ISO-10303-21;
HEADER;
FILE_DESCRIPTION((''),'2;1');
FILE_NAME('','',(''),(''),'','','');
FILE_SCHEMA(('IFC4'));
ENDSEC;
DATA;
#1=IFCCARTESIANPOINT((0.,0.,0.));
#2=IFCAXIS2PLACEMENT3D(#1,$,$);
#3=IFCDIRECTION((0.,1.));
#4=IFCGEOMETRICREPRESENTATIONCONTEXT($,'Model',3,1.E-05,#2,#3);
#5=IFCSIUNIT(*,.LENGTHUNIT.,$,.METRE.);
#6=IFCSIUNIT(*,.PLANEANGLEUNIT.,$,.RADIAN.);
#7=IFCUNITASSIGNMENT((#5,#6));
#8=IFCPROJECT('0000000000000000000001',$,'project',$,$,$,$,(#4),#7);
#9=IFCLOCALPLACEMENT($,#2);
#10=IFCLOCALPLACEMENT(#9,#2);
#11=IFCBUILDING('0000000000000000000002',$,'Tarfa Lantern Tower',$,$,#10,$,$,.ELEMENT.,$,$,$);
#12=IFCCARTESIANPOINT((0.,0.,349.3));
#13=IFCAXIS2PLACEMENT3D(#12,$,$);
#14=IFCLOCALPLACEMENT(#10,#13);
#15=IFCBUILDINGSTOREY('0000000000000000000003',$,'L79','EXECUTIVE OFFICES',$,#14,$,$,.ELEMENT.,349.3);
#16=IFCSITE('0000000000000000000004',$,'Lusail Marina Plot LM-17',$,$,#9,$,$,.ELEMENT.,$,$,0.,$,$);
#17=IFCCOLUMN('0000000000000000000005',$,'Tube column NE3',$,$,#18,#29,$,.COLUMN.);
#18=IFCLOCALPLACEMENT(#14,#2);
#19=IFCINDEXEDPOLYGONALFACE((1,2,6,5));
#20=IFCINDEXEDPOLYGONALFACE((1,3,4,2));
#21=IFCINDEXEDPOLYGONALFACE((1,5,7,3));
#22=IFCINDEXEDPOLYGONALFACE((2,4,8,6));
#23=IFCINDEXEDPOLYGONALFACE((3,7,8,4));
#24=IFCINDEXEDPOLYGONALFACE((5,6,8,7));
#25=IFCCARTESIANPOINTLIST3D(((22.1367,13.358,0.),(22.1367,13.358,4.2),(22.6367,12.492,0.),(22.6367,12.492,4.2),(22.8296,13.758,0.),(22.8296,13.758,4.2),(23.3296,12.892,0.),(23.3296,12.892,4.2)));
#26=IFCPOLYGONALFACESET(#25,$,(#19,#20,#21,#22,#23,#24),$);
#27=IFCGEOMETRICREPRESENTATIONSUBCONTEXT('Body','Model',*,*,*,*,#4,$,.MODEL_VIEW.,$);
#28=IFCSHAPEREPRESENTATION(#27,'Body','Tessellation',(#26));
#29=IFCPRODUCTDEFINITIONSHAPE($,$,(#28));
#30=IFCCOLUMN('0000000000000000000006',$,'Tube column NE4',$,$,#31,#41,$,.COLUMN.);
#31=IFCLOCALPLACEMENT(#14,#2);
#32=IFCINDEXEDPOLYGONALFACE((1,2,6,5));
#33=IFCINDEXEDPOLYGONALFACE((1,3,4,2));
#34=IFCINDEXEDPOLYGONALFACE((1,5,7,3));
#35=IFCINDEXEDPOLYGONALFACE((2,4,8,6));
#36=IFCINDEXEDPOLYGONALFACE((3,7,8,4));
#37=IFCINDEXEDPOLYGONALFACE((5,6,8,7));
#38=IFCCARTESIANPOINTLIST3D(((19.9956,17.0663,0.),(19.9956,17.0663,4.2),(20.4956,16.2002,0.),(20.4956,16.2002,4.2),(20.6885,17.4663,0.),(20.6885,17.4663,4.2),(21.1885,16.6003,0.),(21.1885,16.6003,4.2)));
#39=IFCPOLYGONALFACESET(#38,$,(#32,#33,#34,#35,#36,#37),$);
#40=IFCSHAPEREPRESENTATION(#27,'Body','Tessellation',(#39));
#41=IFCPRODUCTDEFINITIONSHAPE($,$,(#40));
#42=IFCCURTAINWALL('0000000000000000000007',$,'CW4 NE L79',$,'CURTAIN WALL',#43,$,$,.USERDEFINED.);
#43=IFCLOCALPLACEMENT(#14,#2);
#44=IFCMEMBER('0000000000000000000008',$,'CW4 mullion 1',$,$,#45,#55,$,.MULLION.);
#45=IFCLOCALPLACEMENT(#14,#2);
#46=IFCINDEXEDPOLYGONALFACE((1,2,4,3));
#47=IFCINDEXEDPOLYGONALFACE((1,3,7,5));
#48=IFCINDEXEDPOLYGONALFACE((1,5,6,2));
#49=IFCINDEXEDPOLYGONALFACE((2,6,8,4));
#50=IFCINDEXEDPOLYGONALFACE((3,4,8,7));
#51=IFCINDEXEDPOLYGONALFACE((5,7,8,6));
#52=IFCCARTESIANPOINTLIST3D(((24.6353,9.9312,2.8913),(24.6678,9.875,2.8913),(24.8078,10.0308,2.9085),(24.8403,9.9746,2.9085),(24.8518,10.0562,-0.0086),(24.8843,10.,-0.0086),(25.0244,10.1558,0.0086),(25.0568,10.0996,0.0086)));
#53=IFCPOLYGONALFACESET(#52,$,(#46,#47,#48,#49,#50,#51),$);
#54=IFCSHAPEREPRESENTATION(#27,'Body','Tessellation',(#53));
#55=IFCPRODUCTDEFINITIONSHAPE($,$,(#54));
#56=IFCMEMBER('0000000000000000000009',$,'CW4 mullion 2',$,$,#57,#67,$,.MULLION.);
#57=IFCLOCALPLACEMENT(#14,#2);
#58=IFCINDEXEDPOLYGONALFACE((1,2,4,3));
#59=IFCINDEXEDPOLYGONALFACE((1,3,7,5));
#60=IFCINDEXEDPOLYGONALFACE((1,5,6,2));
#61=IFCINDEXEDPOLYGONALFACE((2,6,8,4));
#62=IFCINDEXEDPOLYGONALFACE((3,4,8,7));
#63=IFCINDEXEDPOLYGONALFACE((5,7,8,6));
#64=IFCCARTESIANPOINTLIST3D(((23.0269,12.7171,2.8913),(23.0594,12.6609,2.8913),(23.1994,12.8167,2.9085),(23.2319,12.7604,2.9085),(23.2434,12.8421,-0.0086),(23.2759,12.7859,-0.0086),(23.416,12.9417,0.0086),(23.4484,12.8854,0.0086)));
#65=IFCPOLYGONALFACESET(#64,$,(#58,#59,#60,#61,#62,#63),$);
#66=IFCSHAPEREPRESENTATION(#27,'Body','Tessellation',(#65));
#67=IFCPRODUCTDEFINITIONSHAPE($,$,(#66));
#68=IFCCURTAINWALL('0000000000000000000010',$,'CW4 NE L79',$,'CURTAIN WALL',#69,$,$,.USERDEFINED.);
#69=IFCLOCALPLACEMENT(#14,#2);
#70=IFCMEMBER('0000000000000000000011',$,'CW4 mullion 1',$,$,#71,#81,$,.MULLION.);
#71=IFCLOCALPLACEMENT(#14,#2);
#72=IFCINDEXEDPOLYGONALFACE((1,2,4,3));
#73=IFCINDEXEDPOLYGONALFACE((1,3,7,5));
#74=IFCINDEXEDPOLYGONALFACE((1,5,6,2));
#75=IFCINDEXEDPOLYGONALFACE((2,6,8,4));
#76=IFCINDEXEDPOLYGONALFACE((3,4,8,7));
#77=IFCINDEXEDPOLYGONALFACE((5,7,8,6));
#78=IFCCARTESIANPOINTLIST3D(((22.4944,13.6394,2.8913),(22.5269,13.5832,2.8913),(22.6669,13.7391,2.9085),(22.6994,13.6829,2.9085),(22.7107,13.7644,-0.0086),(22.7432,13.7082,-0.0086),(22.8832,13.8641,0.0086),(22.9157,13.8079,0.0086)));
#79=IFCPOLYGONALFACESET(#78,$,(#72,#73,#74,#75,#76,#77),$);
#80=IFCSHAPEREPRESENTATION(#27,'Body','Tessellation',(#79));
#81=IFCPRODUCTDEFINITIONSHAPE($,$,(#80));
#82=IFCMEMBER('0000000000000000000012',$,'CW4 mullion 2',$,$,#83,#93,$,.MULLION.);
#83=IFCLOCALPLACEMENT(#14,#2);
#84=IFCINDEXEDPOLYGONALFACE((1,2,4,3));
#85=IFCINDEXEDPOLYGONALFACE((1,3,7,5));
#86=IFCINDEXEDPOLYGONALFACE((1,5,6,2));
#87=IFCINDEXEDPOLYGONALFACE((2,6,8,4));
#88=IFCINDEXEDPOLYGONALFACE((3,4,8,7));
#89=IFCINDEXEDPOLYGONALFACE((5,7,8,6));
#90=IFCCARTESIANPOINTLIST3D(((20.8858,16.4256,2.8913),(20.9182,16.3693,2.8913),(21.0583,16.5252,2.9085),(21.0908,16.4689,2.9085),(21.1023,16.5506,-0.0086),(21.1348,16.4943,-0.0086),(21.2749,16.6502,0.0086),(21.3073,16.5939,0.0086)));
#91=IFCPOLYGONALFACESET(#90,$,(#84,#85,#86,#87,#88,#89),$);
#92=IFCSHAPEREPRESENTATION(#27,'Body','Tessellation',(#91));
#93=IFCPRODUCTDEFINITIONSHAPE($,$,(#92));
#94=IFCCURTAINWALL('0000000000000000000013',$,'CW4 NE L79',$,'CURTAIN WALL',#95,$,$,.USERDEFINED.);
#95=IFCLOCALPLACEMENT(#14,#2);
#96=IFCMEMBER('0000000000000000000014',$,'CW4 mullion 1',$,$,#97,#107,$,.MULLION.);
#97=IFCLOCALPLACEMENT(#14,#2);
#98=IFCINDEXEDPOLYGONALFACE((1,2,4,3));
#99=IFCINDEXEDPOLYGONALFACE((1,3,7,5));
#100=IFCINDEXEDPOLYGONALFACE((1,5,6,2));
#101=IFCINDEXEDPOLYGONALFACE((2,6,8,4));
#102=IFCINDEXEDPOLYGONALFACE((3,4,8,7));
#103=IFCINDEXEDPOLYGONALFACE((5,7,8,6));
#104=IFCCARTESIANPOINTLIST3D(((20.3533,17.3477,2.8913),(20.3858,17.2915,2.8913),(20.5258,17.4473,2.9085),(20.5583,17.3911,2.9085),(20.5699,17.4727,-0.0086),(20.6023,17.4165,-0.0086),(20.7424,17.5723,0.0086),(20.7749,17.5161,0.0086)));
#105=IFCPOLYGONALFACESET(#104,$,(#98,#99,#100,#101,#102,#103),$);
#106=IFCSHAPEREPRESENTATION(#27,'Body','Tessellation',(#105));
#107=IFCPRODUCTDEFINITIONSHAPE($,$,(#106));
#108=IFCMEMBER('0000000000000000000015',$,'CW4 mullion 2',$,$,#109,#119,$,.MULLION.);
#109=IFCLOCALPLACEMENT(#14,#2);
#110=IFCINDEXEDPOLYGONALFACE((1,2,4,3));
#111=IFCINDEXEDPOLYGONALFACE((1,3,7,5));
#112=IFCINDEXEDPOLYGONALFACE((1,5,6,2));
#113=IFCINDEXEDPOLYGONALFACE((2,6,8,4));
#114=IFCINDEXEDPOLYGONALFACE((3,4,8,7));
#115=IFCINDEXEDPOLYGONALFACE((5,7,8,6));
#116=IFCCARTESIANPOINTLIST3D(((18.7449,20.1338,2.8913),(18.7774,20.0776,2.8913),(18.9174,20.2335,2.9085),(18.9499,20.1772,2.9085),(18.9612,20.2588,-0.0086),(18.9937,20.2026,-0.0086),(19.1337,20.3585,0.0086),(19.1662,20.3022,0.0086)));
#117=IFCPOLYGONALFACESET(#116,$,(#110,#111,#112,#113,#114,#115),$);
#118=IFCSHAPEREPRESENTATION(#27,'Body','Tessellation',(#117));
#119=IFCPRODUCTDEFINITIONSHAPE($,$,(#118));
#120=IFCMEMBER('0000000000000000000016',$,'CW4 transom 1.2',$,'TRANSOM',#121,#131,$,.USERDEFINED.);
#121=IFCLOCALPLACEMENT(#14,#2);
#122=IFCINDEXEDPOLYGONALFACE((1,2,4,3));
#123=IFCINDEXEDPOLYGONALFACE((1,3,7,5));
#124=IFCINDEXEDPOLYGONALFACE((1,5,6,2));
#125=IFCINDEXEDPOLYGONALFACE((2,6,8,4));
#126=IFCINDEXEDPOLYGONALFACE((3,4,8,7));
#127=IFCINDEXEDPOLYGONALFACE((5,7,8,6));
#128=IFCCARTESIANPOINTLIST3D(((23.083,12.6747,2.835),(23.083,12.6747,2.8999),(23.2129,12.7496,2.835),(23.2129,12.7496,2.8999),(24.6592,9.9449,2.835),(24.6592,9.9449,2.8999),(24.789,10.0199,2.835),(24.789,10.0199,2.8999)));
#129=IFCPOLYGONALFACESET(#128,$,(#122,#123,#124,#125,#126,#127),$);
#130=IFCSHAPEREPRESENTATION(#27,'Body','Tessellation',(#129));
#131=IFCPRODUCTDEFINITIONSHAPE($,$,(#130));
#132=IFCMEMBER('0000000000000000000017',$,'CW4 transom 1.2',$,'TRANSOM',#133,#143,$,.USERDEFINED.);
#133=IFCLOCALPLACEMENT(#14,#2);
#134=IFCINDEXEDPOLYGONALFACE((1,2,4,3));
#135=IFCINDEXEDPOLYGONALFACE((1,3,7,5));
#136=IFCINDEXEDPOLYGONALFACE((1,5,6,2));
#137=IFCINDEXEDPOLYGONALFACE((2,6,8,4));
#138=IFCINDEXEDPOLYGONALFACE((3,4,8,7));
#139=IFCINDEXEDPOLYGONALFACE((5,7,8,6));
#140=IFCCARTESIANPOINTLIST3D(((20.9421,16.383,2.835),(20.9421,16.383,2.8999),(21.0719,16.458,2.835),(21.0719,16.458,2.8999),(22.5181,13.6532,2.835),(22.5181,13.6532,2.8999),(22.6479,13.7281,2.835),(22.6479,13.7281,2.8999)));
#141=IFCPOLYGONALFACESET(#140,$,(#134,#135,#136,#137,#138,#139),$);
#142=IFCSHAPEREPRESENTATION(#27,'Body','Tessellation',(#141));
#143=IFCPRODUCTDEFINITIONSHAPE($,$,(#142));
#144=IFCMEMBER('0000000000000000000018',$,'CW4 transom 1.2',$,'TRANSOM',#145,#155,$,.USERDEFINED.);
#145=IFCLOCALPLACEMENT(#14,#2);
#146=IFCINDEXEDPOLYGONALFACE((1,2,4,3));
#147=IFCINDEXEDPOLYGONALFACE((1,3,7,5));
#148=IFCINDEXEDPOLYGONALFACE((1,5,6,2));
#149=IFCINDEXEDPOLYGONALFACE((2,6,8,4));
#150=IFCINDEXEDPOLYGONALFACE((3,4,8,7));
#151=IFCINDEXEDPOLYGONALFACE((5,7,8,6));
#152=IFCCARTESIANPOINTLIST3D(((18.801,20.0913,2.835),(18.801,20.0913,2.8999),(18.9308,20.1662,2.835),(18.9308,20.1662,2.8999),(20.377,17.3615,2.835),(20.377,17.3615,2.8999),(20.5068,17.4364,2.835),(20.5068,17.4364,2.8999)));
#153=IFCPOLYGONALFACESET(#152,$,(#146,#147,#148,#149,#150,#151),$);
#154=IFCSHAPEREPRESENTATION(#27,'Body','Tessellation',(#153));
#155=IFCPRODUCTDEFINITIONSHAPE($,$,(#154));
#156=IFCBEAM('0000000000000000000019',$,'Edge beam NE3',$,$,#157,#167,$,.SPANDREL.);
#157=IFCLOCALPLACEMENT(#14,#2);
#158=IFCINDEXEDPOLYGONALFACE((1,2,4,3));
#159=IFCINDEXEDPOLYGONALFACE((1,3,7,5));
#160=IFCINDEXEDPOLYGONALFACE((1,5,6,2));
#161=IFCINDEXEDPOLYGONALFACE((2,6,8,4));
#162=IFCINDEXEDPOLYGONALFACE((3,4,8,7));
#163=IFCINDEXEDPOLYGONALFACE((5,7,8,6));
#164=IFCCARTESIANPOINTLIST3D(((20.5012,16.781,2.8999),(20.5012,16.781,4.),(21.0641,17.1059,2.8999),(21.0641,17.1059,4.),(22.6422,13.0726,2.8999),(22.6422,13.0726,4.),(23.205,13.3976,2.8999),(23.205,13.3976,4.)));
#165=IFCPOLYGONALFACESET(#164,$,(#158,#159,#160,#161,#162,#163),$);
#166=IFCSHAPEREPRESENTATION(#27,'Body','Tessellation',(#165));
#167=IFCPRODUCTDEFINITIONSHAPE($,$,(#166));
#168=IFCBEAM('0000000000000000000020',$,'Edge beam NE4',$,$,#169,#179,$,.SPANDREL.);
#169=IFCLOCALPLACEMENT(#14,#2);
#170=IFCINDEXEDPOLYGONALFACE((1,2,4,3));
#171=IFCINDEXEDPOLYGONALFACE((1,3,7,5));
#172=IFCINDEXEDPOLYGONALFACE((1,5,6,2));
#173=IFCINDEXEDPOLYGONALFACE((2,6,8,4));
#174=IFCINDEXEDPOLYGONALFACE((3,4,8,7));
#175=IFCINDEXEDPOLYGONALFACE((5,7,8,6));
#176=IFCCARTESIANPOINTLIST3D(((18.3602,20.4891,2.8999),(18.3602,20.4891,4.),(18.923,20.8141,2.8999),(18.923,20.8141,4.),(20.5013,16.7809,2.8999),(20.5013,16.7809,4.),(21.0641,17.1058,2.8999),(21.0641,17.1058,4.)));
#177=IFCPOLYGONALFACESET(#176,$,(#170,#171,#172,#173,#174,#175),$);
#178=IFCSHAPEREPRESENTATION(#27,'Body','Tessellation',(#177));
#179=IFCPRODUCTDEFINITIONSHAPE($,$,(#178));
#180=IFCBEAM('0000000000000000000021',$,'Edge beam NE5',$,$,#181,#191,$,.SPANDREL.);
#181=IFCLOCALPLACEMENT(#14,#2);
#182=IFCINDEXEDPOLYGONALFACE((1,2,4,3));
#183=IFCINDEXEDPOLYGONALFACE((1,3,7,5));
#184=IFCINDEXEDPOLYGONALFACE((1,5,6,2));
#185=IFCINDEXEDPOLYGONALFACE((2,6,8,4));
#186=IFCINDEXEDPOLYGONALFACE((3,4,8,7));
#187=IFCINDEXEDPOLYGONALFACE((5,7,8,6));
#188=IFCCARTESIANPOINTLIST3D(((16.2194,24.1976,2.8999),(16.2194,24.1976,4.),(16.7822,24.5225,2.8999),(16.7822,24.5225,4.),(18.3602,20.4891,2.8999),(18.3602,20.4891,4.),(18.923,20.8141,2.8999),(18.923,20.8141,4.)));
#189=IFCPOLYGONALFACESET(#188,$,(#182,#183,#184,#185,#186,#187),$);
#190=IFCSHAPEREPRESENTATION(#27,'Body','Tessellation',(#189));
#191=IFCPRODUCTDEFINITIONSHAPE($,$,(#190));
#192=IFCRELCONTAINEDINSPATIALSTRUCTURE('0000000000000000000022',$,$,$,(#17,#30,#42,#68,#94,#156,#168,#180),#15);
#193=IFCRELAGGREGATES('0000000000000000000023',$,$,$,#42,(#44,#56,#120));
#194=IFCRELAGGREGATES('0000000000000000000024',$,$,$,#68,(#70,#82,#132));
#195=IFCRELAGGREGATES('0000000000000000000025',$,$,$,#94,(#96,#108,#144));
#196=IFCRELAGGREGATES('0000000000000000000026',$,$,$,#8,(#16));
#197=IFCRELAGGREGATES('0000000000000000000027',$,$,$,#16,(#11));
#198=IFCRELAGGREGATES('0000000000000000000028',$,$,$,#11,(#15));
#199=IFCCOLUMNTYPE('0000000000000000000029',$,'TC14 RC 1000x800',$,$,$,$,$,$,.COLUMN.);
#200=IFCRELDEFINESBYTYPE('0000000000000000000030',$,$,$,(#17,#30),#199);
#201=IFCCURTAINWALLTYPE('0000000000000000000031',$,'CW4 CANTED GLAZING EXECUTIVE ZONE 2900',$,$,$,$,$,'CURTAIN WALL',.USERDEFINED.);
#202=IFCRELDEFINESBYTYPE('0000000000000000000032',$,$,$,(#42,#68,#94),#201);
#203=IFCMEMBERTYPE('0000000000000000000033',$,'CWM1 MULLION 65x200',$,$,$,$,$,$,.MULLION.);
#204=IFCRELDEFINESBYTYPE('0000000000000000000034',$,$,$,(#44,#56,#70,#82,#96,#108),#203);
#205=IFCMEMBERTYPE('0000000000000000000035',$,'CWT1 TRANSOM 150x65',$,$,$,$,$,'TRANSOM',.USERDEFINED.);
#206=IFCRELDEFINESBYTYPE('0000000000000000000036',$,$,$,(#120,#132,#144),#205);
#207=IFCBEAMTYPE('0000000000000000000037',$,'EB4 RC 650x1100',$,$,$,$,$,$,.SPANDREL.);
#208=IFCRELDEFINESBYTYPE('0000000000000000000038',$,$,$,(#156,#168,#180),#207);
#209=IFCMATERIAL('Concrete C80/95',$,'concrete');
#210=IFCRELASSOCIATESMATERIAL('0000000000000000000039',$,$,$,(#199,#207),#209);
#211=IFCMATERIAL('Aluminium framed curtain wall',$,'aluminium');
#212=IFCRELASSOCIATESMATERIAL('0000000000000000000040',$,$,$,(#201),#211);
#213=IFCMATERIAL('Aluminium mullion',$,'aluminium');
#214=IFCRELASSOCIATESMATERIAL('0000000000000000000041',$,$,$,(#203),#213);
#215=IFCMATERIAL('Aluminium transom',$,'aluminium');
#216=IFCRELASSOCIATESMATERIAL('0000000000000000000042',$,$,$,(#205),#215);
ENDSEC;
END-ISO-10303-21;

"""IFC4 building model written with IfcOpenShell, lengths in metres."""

from ifc_helpers import new_model, si_unit, direction, frame, origin, origin_2d, place, context, subcontext, project, spatial, rectangle, extrude, material, material_profile, profile_set, type_object, element, aggregate, save


model = new_model("IFC4")

# Units and contexts
model_context = context("Model", 3, precision=1e-05, world=origin(), true_north=direction((0.0, 1.0)))
body_context = subcontext(model_context, "Body", "Model", "MODEL_VIEW")
ifc_project = project(units=[si_unit("LENGTHUNIT", "METRE"), si_unit("PLANEANGLEUNIT", "RADIAN")], contexts=[model_context])

# Site, building, storey
site_placement = place(None, origin())
site = spatial("IfcSite", under=ifc_project, at=site_placement, Name="Lusail Marina Plot LM-17", CompositionType="ELEMENT", RefElevation=0.0)
building_placement = place(site_placement, origin())
building = spatial("IfcBuilding", under=site, at=building_placement, Name="Tarfa Lantern Tower", CompositionType="ELEMENT")
storey_placement = place(building_placement, frame((0.0, 0.0, 349.3)))
storey = spatial("IfcBuildingStorey", under=building, at=storey_placement, Name="L79", Description="EXECUTIVE OFFICES", CompositionType="ELEMENT", Elevation=349.3)

# Columns
ifc_material_1 = material(Name="Concrete C80/95", Category="concrete")
ifc_material_profile_1 = material_profile(ifc_material_1, rectangle(XDim=1.0, YDim=0.8, at=origin_2d()), Name="RC 1000x800")
ifc_profile_set_1 = profile_set([ifc_material_profile_1], Name="Concrete C80/95")
column_type = type_object("IfcColumnType", Name="TC14 RC 1000x800", PredefinedType="COLUMN", material=ifc_profile_set_1)
for number, where, z_axis, x_axis, name in (
    (1, (22.7332, 13.125, 0.0), (0.0, 0.0, 1.0), (-0.5, 0.866025, 0.0), "Tube column NE3"),
    (2, (20.592, 16.8333, 0.0), (0.0, 0.0, 1.0), (-0.5, 0.866025, 0.0), "Tube column NE4"),
):
    element("IfcColumn", number, at=place(storey_placement, frame(where, z_axis=z_axis, x_axis=x_axis)), inside=storey, type_object=column_type, Name=name, PredefinedType="COLUMN", context=body_context, shape_type="SweptSolid", body=[
        extrude(rectangle(XDim=1.0, YDim=0.8, at=origin_2d()), origin(), (0.0, 0.0, 1.0), 4.2),
    ])

# Curtain walls, members
ifc_material_2 = material(Name="Aluminium framed curtain wall", Category="aluminium")
curtain_wall_type = type_object("IfcCurtainWallType", Name="CW4 CANTED GLAZING EXECUTIVE ZONE 2900", ElementType="CURTAIN WALL", PredefinedType="USERDEFINED", material=ifc_material_2)
curtain_wall_1_placement = place(storey_placement, origin())
curtain_wall_1 = element("IfcCurtainWall", 3, at=curtain_wall_1_placement, inside=storey, type_object=curtain_wall_type, Name="CW4 NE L79", ObjectType="CURTAIN WALL", PredefinedType="USERDEFINED")
ifc_material_3 = material(Name="Aluminium mullion", Category="aluminium")
ifc_material_profile_2 = material_profile(ifc_material_3, rectangle(XDim=0.0649, YDim=0.2, at=origin_2d()), Name="AL MULLION 65x200")
ifc_profile_set_2 = profile_set([ifc_material_profile_2], Name="Aluminium mullion")
member_type_1 = type_object("IfcMemberType", Name="CWM1 MULLION 65x200", PredefinedType="MULLION", material=ifc_profile_set_2)
member_1_placement = place(storey_placement, frame((24.9543, 10.0779, 0.0), z_axis=(-0.0744, -0.042946, 0.996303), x_axis=(0.49992, -0.866072, 0.0)))
member_1 = element("IfcMember", 4, at=member_1_placement, type_object=member_type_1, Name="CW4 mullion 1", PredefinedType="MULLION", context=body_context, shape_type="SweptSolid", body=[
    extrude(rectangle(XDim=0.0649, YDim=0.2, at=origin_2d()), origin(), (0.0, 0.0, 1.0), 2.9106),
])
member_2_placement = place(storey_placement, frame((23.3459, 12.8638, 0.0), z_axis=(-0.0744, -0.042946, 0.996303), x_axis=(0.49992, -0.866072, 0.0)))
member_2 = element("IfcMember", 5, at=member_2_placement, type_object=member_type_1, Name="CW4 mullion 2", PredefinedType="MULLION", context=body_context, shape_type="SweptSolid", body=[
    extrude(rectangle(XDim=0.0649, YDim=0.2, at=origin_2d()), origin(), (0.0, 0.0, 1.0), 2.9106),
])
curtain_wall_2_placement = place(storey_placement, origin())
curtain_wall_2 = element("IfcCurtainWall", 6, at=curtain_wall_2_placement, inside=storey, type_object=curtain_wall_type, Name="CW4 NE L79", ObjectType="CURTAIN WALL", PredefinedType="USERDEFINED")
member_3_placement = place(storey_placement, frame((22.8132, 13.7861, 0.0), z_axis=(-0.074316, -0.042946, 0.99631), x_axis=(0.500343, -0.865827, 0.0)))
member_3 = element("IfcMember", 7, at=member_3_placement, type_object=member_type_1, Name="CW4 mullion 1", PredefinedType="MULLION", context=body_context, shape_type="SweptSolid", body=[
    extrude(rectangle(XDim=0.0649, YDim=0.2, at=origin_2d()), origin(), (0.0, 0.0, 1.0), 2.9106),
])
member_4_placement = place(storey_placement, frame((21.2048, 16.5723, 0.0), z_axis=(-0.0744, -0.042946, 0.996303), x_axis=(0.49992, -0.866072, 0.0)))
member_4 = element("IfcMember", 8, at=member_4_placement, type_object=member_type_1, Name="CW4 mullion 2", PredefinedType="MULLION", context=body_context, shape_type="SweptSolid", body=[
    extrude(rectangle(XDim=0.0649, YDim=0.2, at=origin_2d()), origin(), (0.0, 0.0, 1.0), 2.9106),
])
curtain_wall_3_placement = place(storey_placement, origin())
curtain_wall_3 = element("IfcCurtainWall", 9, at=curtain_wall_3_placement, inside=storey, type_object=curtain_wall_type, Name="CW4 NE L79", ObjectType="CURTAIN WALL", PredefinedType="USERDEFINED")
member_5_placement = place(storey_placement, frame((20.6724, 17.4944, 0.0), z_axis=(-0.0744, -0.042946, 0.996303), x_axis=(0.49992, -0.866072, 0.0)))
member_5 = element("IfcMember", 10, at=member_5_placement, type_object=member_type_1, Name="CW4 mullion 1", PredefinedType="MULLION", context=body_context, shape_type="SweptSolid", body=[
    extrude(rectangle(XDim=0.0649, YDim=0.2, at=origin_2d()), origin(), (0.0, 0.0, 1.0), 2.9106),
])
member_6_placement = place(storey_placement, frame((19.0637, 20.2805, 0.0), z_axis=(-0.074316, -0.042946, 0.99631), x_axis=(0.500343, -0.865827, 0.0)))
member_6 = element("IfcMember", 11, at=member_6_placement, type_object=member_type_1, Name="CW4 mullion 2", PredefinedType="MULLION", context=body_context, shape_type="SweptSolid", body=[
    extrude(rectangle(XDim=0.0649, YDim=0.2, at=origin_2d()), origin(), (0.0, 0.0, 1.0), 2.9106),
])

# Members
ifc_material_4 = material(Name="Aluminium transom", Category="aluminium")
ifc_material_profile_3 = material_profile(ifc_material_4, rectangle(XDim=0.1499, YDim=0.0649, at=origin_2d()), Name="AL TRANSOM 150x65")
ifc_profile_set_3 = profile_set([ifc_material_profile_3], Name="Aluminium transom")
member_type_2 = type_object("IfcMemberType", Name="CWT1 TRANSOM 150x65", ElementType="TRANSOM", PredefinedType="USERDEFINED", material=ifc_profile_set_3)
member_7_placement = place(storey_placement, frame((24.7241, 9.9824, 2.8674), z_axis=(-0.500038, 0.866004, 0.0), x_axis=(-0.866004, -0.500038, 0.0)))
member_7 = element("IfcMember", 12, at=member_7_placement, type_object=member_type_2, Name="CW4 transom 1.2", ObjectType="TRANSOM", PredefinedType="USERDEFINED", context=body_context, shape_type="SweptSolid", body=[
    extrude(rectangle(XDim=0.1499, YDim=0.0649, at=origin_2d()), origin(), (0.0, 0.0, 1.0), 3.1521),
])
member_8_placement = place(storey_placement, frame((22.583, 13.6907, 2.8674), z_axis=(-0.499979, 0.866037, 0.0), x_axis=(-0.866037, -0.499979, 0.0)))
member_8 = element("IfcMember", 13, at=member_8_placement, type_object=member_type_2, Name="CW4 transom 1.2", ObjectType="TRANSOM", PredefinedType="USERDEFINED", context=body_context, shape_type="SweptSolid", body=[
    extrude(rectangle(XDim=0.1499, YDim=0.0649, at=origin_2d()), origin(), (0.0, 0.0, 1.0), 3.1521),
])
member_9_placement = place(storey_placement, frame((20.4419, 17.3989, 2.8674), z_axis=(-0.499979, 0.866037, 0.0), x_axis=(-0.866037, -0.499979, 0.0)))
member_9 = element("IfcMember", 14, at=member_9_placement, type_object=member_type_2, Name="CW4 transom 1.2", ObjectType="TRANSOM", PredefinedType="USERDEFINED", context=body_context, shape_type="SweptSolid", body=[
    extrude(rectangle(XDim=0.1499, YDim=0.0649, at=origin_2d()), origin(), (0.0, 0.0, 1.0), 3.1521),
])

# Beams
ifc_material_profile_4 = material_profile(ifc_material_1, rectangle(XDim=0.6499, YDim=1.1001, at=origin_2d()), Name="RC 650x1100")
ifc_profile_set_4 = profile_set([ifc_material_profile_4], Name="Concrete C80/95")
beam_type_1 = type_object("IfcBeamType", Name="EB4 RC 650x1100", PredefinedType="SPANDREL", material=ifc_profile_set_4)
for number, where, z_axis, x_axis, name in (
    (15, (22.9236, 13.2351, 3.45), (-0.499984, 0.866035, 0.0), (-0.866035, -0.499984, 0.0), "Edge beam NE3"),
    (16, (20.7827, 16.9434, 3.45), (-0.500027, 0.86601, 0.0), (-0.86601, -0.500027, 0.0), "Edge beam NE4"),
    (17, (18.6416, 20.6516, 3.45), (-0.499959, 0.866049, 0.0), (-0.866049, -0.499959, 0.0), "Edge beam NE5"),
):
    element("IfcBeam", number, at=place(storey_placement, frame(where, z_axis=z_axis, x_axis=x_axis)), inside=storey, type_object=beam_type_1, Name=name, PredefinedType="SPANDREL", context=body_context, shape_type="SweptSolid", body=[
        extrude(rectangle(XDim=0.6499, YDim=1.1001, at=origin_2d()), origin(), (0.0, 0.0, 1.0), 4.282),
    ])

aggregate(curtain_wall_1, [member_1, member_2, member_7])
aggregate(curtain_wall_2, [member_3, member_4, member_8])
aggregate(curtain_wall_3, [member_5, member_6, member_9])

save(model, "model.ifc")
